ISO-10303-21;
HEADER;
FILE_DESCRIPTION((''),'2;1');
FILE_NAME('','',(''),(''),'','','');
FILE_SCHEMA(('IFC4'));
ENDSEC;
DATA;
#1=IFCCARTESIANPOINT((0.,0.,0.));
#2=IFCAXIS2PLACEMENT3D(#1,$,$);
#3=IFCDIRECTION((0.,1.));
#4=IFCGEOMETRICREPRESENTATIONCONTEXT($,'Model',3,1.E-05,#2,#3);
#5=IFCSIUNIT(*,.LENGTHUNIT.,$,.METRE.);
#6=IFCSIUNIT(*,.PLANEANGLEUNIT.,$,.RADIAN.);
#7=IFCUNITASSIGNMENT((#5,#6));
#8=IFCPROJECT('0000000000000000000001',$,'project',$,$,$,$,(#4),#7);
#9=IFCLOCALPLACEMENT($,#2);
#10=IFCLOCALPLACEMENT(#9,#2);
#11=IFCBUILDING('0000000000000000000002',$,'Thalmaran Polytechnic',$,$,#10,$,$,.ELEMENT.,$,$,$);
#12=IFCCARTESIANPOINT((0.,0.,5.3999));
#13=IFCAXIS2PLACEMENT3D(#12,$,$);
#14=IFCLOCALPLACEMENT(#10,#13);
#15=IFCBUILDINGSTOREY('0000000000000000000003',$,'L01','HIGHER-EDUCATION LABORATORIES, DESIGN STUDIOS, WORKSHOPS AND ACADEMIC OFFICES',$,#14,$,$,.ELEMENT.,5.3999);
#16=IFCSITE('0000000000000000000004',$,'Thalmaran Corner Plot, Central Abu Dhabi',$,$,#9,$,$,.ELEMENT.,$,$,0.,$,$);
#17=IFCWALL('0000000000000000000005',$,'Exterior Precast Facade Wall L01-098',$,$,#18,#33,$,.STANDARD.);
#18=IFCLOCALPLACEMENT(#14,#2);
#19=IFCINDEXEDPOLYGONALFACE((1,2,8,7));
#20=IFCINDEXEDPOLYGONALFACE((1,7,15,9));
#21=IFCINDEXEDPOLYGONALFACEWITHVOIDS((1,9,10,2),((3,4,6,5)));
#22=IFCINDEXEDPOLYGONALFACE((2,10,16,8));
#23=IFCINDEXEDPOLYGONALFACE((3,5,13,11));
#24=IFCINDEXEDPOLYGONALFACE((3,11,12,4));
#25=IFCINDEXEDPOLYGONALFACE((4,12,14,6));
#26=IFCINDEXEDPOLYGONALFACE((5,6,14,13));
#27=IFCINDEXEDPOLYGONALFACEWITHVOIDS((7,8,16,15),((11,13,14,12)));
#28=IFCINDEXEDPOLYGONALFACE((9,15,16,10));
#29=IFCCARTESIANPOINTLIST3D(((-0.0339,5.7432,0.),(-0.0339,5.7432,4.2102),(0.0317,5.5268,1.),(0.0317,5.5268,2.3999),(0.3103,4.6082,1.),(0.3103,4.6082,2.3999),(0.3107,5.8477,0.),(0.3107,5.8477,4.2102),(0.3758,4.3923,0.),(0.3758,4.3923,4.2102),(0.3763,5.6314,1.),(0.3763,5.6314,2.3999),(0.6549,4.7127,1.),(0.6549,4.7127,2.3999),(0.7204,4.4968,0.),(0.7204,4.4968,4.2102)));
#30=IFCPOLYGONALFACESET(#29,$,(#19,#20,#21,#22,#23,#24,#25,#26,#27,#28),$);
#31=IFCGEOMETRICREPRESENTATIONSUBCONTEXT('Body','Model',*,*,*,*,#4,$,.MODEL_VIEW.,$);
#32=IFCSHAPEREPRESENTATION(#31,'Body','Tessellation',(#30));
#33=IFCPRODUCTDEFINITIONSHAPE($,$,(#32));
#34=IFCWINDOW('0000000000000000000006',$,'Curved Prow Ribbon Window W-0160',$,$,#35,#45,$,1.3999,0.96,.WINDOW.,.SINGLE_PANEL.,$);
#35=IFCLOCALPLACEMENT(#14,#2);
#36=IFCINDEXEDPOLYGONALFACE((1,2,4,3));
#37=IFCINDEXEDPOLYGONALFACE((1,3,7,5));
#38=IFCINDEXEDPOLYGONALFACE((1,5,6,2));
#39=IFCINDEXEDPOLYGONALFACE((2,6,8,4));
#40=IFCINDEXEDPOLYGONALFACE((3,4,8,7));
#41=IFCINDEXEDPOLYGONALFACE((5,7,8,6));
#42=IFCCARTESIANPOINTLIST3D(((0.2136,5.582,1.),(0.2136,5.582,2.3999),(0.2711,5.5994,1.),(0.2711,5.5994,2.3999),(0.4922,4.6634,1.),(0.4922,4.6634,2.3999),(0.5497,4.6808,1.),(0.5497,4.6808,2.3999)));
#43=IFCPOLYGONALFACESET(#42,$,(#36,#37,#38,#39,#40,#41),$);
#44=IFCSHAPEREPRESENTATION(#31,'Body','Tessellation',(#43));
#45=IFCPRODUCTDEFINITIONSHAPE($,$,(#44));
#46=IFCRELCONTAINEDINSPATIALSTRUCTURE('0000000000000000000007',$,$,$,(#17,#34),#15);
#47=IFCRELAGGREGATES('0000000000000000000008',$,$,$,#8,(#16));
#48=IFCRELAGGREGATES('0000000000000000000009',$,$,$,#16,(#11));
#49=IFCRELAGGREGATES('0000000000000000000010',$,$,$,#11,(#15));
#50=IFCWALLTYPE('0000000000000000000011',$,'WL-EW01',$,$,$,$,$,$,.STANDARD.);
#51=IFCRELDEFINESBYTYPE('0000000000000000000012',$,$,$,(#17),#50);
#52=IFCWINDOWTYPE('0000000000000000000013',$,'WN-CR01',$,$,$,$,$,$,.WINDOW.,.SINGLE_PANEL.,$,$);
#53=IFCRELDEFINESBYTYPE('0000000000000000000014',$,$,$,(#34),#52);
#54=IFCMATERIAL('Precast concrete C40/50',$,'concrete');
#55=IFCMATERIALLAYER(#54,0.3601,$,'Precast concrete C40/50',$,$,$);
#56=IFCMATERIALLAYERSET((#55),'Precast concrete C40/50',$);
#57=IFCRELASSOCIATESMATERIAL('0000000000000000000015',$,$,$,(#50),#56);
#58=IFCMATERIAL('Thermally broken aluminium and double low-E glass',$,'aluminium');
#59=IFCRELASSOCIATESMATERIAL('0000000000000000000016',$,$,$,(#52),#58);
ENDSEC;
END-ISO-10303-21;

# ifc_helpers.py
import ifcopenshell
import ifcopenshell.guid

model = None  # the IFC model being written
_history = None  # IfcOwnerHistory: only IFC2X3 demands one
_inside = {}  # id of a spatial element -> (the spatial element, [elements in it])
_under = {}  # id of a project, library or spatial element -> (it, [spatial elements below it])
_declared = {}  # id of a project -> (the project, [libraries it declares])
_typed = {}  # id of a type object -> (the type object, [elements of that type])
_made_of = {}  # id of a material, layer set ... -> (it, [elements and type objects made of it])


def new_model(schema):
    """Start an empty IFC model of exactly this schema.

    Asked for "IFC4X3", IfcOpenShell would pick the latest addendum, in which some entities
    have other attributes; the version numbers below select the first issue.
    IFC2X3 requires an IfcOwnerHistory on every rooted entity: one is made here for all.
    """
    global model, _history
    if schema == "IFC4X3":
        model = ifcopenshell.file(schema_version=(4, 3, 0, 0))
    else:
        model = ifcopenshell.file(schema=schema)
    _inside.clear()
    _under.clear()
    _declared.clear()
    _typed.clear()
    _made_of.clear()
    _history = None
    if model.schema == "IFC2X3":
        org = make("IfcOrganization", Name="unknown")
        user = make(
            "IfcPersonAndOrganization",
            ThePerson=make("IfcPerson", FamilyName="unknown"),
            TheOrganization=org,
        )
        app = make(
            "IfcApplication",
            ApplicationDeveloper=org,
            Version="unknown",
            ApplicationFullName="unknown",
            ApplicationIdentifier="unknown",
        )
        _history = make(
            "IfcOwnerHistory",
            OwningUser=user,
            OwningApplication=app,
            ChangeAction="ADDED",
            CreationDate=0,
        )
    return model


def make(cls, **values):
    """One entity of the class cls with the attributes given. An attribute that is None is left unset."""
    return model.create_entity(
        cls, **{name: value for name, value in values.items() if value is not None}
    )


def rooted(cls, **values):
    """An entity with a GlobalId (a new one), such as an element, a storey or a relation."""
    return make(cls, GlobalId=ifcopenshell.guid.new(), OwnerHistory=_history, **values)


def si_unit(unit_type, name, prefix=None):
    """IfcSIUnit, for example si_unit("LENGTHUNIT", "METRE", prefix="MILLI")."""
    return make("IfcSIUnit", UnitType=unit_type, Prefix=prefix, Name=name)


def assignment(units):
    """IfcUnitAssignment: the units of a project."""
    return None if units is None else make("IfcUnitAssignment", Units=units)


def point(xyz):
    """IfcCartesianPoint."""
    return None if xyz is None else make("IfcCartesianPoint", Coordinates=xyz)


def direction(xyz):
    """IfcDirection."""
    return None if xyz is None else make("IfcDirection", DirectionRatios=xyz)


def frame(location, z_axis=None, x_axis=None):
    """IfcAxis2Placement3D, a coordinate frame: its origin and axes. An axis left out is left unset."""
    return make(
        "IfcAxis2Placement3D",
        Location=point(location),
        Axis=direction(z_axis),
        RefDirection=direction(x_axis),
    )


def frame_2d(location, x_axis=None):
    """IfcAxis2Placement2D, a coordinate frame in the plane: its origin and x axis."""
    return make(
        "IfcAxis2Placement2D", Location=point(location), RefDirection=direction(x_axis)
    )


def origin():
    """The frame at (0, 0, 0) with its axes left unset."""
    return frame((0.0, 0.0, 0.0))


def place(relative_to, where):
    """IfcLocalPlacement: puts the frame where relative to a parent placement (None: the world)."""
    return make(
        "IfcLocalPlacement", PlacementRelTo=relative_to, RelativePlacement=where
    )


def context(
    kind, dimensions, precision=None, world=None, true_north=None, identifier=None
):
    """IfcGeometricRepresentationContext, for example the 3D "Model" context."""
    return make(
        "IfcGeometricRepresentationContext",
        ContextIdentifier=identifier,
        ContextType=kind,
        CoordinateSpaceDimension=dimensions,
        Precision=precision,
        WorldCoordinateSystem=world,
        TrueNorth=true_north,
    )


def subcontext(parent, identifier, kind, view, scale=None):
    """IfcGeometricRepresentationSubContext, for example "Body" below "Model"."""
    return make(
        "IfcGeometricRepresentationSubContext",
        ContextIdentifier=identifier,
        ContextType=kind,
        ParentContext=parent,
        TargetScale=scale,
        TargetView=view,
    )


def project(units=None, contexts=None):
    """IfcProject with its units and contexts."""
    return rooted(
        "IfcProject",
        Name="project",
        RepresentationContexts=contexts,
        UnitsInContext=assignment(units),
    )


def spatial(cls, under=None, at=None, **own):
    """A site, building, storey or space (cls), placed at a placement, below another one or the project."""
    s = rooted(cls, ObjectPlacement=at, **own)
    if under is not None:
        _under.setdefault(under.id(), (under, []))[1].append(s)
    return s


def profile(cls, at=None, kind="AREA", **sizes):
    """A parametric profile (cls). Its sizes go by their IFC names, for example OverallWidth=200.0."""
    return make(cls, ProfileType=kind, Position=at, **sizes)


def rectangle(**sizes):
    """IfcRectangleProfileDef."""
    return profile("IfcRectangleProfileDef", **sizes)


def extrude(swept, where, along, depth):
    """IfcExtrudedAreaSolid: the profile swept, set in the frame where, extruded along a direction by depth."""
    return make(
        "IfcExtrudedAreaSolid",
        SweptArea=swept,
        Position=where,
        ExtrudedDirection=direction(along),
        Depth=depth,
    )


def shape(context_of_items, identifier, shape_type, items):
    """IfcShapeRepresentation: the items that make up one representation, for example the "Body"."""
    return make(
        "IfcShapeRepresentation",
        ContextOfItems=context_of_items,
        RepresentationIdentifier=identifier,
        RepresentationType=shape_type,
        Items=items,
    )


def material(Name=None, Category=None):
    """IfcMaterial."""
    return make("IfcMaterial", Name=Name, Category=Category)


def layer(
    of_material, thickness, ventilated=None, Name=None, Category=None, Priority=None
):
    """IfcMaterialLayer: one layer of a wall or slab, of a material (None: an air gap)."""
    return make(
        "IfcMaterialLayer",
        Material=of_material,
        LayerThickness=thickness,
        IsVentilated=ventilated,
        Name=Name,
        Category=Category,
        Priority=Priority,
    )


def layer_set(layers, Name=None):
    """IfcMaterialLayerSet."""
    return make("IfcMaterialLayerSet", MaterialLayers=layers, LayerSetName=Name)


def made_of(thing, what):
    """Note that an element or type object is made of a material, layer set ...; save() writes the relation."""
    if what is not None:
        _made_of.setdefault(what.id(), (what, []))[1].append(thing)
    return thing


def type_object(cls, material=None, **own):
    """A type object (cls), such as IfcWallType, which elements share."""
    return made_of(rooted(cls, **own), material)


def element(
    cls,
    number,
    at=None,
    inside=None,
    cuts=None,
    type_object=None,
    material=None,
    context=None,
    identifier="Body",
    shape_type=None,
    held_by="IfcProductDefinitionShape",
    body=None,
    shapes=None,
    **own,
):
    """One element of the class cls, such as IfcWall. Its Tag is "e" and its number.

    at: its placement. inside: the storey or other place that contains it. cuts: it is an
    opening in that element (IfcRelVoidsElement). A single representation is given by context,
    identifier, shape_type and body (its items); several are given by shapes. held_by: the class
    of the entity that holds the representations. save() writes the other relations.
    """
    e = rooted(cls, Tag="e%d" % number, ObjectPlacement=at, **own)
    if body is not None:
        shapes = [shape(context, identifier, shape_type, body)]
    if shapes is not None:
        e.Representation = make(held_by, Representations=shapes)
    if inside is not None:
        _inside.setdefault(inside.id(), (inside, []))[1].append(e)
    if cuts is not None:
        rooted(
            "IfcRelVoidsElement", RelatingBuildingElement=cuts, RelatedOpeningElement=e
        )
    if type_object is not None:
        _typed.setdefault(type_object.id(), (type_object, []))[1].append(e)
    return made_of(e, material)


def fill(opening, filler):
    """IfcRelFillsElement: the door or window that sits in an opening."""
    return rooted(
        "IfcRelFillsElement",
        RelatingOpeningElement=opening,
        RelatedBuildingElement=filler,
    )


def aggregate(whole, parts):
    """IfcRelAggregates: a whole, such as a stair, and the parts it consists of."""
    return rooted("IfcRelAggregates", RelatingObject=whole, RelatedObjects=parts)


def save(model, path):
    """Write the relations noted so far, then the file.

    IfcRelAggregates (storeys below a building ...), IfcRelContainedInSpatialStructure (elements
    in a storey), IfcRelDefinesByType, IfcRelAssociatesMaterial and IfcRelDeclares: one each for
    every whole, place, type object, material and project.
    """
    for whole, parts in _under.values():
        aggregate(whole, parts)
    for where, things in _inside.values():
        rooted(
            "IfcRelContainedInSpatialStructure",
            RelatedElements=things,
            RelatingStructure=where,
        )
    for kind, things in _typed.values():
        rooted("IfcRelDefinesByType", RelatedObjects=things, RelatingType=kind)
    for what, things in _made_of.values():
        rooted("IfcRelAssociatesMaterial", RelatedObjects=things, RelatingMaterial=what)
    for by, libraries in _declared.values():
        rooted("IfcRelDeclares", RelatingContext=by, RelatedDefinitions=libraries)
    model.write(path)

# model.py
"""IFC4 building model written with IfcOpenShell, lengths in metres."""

from ifc_helpers import new_model, si_unit, direction, frame, frame_2d, origin, place, context, subcontext, project, spatial, rectangle, extrude, material, layer, layer_set, type_object, element, fill, save


model = new_model("IFC4")

# Units and contexts
model_context = context("Model", 3, precision=1e-05, world=origin(), true_north=direction((0.0, 1.0)))
body_context = subcontext(model_context, "Body", "Model", "MODEL_VIEW")
ifc_project = project(units=[si_unit("LENGTHUNIT", "METRE"), si_unit("PLANEANGLEUNIT", "RADIAN")], contexts=[model_context])

# Site, building, storey
site_placement = place(None, origin())
site = spatial("IfcSite", under=ifc_project, at=site_placement, Name="Thalmaran Corner Plot, Central Abu Dhabi", CompositionType="ELEMENT", RefElevation=0.0)
building_placement = place(site_placement, origin())
building = spatial("IfcBuilding", under=site, at=building_placement, Name="Thalmaran Polytechnic", CompositionType="ELEMENT")
storey_placement = place(building_placement, frame((0.0, 0.0, 5.3999)))
storey = spatial("IfcBuildingStorey", under=building, at=storey_placement, Name="L01", Description="HIGHER-EDUCATION LABORATORIES, DESIGN STUDIOS, WORKSHOPS AND ACADEMIC OFFICES", CompositionType="ELEMENT", Elevation=5.3999)

# Wall, opening, window
ifc_material_1 = material(Name="Precast concrete C40/50", Category="concrete")
ifc_layer_1 = layer(ifc_material_1, 0.3601, Name="Precast concrete C40/50")
ifc_layer_set_1 = layer_set([ifc_layer_1], Name="Precast concrete C40/50")
wall_type = type_object("IfcWallType", Name="WL-EW01", PredefinedType="STANDARD", material=ifc_layer_set_1)
ifc_material_2 = material(Name="Thermally broken aluminium and double low-E glass", Category="aluminium")
window_type = type_object("IfcWindowType", Name="WN-CR01", PartitioningType="SINGLE_PANEL", PredefinedType="WINDOW", material=ifc_material_2)
wall_1_placement = place(storey_placement, frame((0.5481, 4.4446, 0.0), z_axis=(0.0, 0.0, 1.0), x_axis=(-0.290219, 0.95696, 0.0)))
wall_1 = element("IfcWall", 1, at=wall_1_placement, inside=storey, type_object=wall_type, Name="Exterior Precast Facade Wall L01-098", PredefinedType="STANDARD", context=body_context, shape_type="SweptSolid", body=[
    extrude(rectangle(XDim=1.4116, YDim=0.3601, at=frame_2d((0.7058, 0.0))), origin(), (0.0, 0.0, 1.0), 4.2102),
])
opening_1_placement = place(wall_1_placement, frame((0.2256, 0.0, 1.0)))
opening_1 = element("IfcOpeningElement", 2, at=opening_1_placement, cuts=wall_1, PredefinedType="OPENING", context=body_context, shape_type="SweptSolid", body=[
    extrude(rectangle(XDim=0.96, YDim=1.3999, at=frame_2d((0.48, 0.7))), frame((0.0, 0.1899, 0.0), z_axis=(0.0, -1.0, 0.0), x_axis=(1.0, 0.0, 0.0)), (0.0, 0.0, 1.0), 0.3801),
])
window_1_placement = place(opening_1_placement, origin())
window_1 = element("IfcWindow", 3, at=window_1_placement, inside=storey, type_object=window_type, Name="Curved Prow Ribbon Window W-0160", OverallHeight=1.3999, OverallWidth=0.96, PartitioningType="SINGLE_PANEL", PredefinedType="WINDOW", context=body_context, shape_type="SweptSolid", body=[
    extrude(rectangle(XDim=0.96, YDim=1.3999, at=frame_2d((0.48, 0.7))), frame((0.0, -0.01, 0.0), z_axis=(0.0, -1.0, 0.0), x_axis=(1.0, 0.0, 0.0)), (0.0, 0.0, 1.0), 0.0601),
])
fill(opening_1, window_1)

save(model, "model.ifc")
